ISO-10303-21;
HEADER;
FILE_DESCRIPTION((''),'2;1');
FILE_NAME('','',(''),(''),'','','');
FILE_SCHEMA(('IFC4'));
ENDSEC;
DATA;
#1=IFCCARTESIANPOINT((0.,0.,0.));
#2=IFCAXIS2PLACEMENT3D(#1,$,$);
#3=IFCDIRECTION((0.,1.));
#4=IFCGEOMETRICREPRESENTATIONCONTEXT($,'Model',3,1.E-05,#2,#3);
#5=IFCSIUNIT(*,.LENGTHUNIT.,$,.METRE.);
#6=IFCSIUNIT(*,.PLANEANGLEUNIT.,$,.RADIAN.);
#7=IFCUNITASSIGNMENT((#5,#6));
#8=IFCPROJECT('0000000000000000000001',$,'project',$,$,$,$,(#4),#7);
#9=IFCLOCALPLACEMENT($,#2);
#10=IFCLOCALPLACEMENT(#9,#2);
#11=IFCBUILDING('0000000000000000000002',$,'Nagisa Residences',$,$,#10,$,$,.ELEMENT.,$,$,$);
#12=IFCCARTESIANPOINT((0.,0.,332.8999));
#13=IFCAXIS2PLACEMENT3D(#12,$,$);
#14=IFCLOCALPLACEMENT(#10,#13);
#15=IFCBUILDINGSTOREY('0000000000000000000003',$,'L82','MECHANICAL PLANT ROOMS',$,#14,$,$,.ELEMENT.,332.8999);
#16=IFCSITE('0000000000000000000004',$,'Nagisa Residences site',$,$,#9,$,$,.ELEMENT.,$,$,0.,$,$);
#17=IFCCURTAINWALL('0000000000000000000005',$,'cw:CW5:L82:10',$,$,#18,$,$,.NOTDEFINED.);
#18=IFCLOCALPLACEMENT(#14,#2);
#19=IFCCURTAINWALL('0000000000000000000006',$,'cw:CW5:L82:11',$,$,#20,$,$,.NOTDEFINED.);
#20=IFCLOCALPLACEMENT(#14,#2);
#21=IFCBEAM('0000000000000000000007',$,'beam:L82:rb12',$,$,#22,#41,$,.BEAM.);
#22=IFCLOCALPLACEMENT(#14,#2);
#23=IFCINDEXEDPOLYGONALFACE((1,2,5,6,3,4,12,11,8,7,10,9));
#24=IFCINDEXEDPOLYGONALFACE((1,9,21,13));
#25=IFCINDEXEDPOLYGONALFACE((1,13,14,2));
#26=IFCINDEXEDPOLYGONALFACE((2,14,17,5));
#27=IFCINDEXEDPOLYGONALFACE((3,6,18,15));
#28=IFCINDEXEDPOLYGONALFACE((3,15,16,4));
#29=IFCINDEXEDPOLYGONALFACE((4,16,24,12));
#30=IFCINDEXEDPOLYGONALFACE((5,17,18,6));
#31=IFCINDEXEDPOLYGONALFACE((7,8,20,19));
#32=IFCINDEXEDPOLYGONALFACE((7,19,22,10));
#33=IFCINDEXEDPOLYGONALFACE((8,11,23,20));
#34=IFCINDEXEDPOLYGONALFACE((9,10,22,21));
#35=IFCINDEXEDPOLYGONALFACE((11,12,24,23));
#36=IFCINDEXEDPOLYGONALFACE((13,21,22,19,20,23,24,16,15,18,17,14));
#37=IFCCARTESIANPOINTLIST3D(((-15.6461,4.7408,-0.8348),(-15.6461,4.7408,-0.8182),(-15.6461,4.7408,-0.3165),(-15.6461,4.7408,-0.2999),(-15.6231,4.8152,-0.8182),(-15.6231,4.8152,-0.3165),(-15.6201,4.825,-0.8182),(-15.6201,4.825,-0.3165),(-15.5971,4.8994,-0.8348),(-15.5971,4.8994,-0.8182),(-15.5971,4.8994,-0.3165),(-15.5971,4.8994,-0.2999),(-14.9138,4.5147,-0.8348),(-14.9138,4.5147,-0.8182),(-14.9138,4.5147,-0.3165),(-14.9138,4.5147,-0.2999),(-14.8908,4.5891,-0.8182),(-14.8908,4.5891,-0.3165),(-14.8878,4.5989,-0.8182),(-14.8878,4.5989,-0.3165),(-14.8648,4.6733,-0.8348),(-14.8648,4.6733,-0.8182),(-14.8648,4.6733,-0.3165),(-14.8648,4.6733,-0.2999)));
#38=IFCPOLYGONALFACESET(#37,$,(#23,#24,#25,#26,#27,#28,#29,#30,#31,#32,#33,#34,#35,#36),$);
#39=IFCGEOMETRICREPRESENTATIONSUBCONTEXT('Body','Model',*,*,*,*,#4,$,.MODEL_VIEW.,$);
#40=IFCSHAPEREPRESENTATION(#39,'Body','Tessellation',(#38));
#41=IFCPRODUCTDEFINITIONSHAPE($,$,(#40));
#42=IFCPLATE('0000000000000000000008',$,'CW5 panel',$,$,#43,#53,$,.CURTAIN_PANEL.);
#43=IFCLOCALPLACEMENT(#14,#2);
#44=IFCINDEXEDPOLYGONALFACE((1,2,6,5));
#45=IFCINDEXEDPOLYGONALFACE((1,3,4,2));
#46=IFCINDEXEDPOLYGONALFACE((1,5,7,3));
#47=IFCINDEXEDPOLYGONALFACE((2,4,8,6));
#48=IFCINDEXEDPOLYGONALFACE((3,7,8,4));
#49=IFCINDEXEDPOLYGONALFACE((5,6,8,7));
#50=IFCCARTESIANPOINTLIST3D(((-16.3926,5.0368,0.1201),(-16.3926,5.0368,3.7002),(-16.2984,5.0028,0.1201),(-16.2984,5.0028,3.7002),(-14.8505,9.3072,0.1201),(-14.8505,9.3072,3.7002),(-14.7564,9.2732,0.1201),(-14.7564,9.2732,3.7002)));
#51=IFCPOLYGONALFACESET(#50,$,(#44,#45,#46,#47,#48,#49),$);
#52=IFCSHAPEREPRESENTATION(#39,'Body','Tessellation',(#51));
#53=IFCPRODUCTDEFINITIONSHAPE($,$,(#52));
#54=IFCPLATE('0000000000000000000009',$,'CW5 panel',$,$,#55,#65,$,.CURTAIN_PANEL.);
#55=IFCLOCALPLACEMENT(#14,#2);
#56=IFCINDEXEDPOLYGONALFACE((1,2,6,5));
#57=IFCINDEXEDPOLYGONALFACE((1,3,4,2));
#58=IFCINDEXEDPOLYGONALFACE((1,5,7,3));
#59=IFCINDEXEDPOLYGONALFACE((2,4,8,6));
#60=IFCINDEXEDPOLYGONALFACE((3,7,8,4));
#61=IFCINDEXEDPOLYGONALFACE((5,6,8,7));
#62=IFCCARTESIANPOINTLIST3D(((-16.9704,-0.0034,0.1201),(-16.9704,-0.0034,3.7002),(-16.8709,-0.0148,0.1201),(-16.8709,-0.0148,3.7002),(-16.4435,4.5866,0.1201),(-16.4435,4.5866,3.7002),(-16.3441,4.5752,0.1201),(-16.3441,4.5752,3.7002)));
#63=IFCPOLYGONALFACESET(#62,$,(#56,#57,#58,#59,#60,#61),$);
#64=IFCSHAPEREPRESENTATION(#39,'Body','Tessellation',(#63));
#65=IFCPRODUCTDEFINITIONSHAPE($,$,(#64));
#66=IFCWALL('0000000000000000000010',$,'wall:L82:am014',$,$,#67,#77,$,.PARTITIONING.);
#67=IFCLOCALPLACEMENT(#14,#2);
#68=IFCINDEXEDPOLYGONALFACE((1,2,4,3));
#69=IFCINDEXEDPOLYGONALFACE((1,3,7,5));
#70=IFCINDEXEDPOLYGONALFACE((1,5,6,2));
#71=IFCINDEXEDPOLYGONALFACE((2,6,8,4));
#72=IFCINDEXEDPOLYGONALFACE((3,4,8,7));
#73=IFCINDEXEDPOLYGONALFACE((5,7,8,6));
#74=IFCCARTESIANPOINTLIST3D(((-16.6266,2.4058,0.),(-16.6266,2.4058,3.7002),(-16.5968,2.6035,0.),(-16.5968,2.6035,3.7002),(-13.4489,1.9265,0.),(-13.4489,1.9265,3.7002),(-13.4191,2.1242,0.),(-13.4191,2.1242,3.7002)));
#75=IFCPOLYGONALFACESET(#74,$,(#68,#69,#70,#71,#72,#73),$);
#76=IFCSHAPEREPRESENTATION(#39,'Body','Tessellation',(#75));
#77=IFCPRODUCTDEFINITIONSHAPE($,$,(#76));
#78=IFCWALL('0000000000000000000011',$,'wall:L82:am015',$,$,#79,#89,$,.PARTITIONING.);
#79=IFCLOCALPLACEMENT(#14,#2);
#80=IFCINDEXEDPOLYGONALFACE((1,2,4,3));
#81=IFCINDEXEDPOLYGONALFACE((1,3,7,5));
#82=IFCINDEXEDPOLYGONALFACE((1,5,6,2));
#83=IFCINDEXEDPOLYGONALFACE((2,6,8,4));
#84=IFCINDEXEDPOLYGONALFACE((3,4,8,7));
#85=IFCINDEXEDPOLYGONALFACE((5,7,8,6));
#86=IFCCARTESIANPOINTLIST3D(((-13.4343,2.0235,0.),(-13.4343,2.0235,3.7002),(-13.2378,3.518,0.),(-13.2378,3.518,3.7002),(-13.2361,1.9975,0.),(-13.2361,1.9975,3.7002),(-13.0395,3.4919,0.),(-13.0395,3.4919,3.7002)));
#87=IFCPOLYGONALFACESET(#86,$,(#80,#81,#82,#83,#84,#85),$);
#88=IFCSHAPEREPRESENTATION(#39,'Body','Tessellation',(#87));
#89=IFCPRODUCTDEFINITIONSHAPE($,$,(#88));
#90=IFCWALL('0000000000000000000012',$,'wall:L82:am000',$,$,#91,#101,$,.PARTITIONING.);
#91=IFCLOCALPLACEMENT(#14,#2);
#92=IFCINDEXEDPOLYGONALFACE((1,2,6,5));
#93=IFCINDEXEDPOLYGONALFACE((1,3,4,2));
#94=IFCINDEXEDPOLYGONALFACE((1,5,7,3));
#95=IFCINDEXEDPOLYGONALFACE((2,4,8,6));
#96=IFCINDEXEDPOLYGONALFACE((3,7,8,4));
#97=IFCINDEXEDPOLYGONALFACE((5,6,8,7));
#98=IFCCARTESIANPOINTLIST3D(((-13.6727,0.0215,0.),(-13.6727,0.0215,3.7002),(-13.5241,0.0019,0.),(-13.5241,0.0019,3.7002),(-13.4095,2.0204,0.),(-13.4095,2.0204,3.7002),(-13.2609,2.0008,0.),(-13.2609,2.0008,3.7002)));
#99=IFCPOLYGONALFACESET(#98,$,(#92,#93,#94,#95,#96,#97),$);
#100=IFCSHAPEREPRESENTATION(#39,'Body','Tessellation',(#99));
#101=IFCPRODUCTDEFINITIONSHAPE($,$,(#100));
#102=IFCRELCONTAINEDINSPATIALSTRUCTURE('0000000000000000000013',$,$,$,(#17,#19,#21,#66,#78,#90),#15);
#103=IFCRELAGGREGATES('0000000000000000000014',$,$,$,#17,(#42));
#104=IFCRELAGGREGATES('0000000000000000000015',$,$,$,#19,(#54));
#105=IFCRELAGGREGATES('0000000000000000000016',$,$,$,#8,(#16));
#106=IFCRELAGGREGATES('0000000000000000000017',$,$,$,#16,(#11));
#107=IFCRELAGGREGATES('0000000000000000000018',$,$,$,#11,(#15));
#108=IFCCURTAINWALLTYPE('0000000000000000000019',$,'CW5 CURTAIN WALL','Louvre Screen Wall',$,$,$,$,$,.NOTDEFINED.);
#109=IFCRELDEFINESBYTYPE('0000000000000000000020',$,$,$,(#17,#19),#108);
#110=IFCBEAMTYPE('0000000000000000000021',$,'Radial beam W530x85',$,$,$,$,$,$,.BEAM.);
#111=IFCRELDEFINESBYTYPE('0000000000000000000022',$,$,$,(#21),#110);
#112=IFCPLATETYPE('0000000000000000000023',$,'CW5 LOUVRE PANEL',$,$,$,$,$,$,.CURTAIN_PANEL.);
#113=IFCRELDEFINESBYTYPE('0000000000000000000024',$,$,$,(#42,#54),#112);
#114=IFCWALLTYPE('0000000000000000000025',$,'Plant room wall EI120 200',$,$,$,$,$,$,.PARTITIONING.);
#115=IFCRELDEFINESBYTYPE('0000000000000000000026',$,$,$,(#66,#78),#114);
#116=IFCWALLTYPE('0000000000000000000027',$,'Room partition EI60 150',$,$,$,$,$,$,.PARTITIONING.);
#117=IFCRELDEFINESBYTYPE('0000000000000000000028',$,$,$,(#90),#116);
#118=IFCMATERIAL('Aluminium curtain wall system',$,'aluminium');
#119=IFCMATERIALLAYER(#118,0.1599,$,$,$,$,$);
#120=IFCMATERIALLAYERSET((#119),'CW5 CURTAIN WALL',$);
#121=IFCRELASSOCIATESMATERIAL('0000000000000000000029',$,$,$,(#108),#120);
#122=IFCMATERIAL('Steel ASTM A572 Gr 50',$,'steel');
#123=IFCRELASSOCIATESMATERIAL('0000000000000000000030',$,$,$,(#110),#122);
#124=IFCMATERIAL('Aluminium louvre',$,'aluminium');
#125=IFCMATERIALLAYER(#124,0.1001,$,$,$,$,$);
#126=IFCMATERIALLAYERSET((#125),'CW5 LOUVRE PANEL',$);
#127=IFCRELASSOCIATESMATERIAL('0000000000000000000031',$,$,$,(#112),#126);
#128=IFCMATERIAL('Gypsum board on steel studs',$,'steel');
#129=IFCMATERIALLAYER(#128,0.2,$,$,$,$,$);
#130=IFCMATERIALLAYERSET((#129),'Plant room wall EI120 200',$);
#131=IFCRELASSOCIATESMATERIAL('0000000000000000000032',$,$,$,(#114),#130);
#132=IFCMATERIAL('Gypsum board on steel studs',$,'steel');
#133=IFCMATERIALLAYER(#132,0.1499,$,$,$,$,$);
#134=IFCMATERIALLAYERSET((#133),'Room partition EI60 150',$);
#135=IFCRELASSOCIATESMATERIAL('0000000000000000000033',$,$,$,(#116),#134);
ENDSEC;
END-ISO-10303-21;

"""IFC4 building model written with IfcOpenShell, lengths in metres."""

from ifc_helpers import new_model, si_unit, direction, frame, frame_2d, origin, origin_2d, place, context, subcontext, project, spatial, rectangle, i_section, extrude, material, layer, layer_set, material_profile, profile_set, type_object, element, aggregate, save


model = new_model("IFC4")

# Units and contexts
model_context = context("Model", 3, precision=1e-05, world=origin(), true_north=direction((0.0, 1.0)))
body_context = subcontext(model_context, "Body", "Model", "MODEL_VIEW")
ifc_project = project(units=[si_unit("LENGTHUNIT", "METRE"), si_unit("PLANEANGLEUNIT", "RADIAN")], contexts=[model_context])

# Site, building, storey
site_placement = place(None, origin())
site = spatial("IfcSite", under=ifc_project, at=site_placement, Name="Nagisa Residences site", CompositionType="ELEMENT", RefElevation=0.0)
building_placement = place(site_placement, origin())
building = spatial("IfcBuilding", under=site, at=building_placement, Name="Nagisa Residences", CompositionType="ELEMENT")
storey_placement = place(building_placement, frame((0.0, 0.0, 332.8999)))
storey = spatial("IfcBuildingStorey", under=building, at=storey_placement, Name="L82", Description="MECHANICAL PLANT ROOMS", CompositionType="ELEMENT", Elevation=332.8999)

# Curtain wall
ifc_material_1 = material(Name="Aluminium curtain wall system", Category="aluminium")
ifc_layer_1 = layer(ifc_material_1, 0.1599)
ifc_layer_set_1 = layer_set([ifc_layer_1], Name="CW5 CURTAIN WALL")
curtain_wall_type = type_object("IfcCurtainWallType", Name="CW5 CURTAIN WALL", Description="Louvre Screen Wall", PredefinedType="NOTDEFINED", material=ifc_layer_set_1)
curtain_wall_1_placement = place(storey_placement, origin())
curtain_wall_1 = element("IfcCurtainWall", 1, at=curtain_wall_1_placement, inside=storey, type_object=curtain_wall_type, Name="cw:CW5:L82:10", PredefinedType="NOTDEFINED")

# Curtain wall
curtain_wall_2_placement = place(storey_placement, origin())
curtain_wall_2 = element("IfcCurtainWall", 2, at=curtain_wall_2_placement, inside=storey, type_object=curtain_wall_type, Name="cw:CW5:L82:11", PredefinedType="NOTDEFINED")

# Beam
ifc_material_2 = material(Name="Steel ASTM A572 Gr 50", Category="steel")
ifc_material_profile_1 = material_profile(ifc_material_2, i_section(OverallWidth=0.166, OverallDepth=0.5349, WebThickness=0.0103, FlangeThickness=0.0166, at=origin_2d()), Name="W530x85")
ifc_profile_set_1 = profile_set([ifc_material_profile_1], Name="Steel ASTM A572 Gr 50")
beam_type_1 = type_object("IfcBeamType", Name="Radial beam W530x85", PredefinedType="BEAM", material=ifc_profile_set_1)
beam_1_placement = place(storey_placement, frame((-15.6216, 4.8201, -0.5674), z_axis=(0.955489, -0.295026, 0.0), x_axis=(0.295026, 0.955489, 0.0)))
element("IfcBeam", 3, at=beam_1_placement, inside=storey, type_object=beam_type_1, Name="beam:L82:rb12", PredefinedType="BEAM", context=body_context, shape_type="SweptSolid", body=[
    extrude(i_section(OverallWidth=0.166, OverallDepth=0.5349, WebThickness=0.0103, FlangeThickness=0.0166, at=origin_2d()), origin(), (0.0, 0.0, 1.0), 0.7664),
])

# Plates
ifc_material_3 = material(Name="Aluminium louvre", Category="aluminium")
ifc_layer_2 = layer(ifc_material_3, 0.1001)
ifc_layer_set_2 = layer_set([ifc_layer_2], Name="CW5 LOUVRE PANEL")
plate_type = type_object("IfcPlateType", Name="CW5 LOUVRE PANEL", PredefinedType="CURTAIN_PANEL", material=ifc_layer_set_2)
plate_1_placement = place(storey_placement, frame((-15.5745, 7.155, 0.1201), z_axis=(0.0, 0.0, 1.0), x_axis=(-0.339643, -0.940554, 0.0)))
plate_1 = element("IfcPlate", 4, at=plate_1_placement, type_object=plate_type, Name="CW5 panel", PredefinedType="CURTAIN_PANEL", context=body_context, shape_type="SweptSolid", body=[
    extrude(rectangle(XDim=4.5403, YDim=0.1001, at=origin_2d()), origin(), (0.0, 0.0, 1.0), 3.5801),
])
aggregate(curtain_wall_1, [plate_1])
plate_2_placement = place(storey_placement, frame((-16.6572, 2.2859, 0.1201), z_axis=(0.0, 0.0, 1.0), x_axis=(-0.114025, -0.993478, 0.0)))
plate_2 = element("IfcPlate", 5, at=plate_2_placement, type_object=plate_type, Name="CW5 panel", PredefinedType="CURTAIN_PANEL", context=body_context, shape_type="SweptSolid", body=[
    extrude(rectangle(XDim=4.6201, YDim=0.1001, at=origin_2d()), origin(), (0.0, 0.0, 1.0), 3.5801),
])
aggregate(curtain_wall_2, [plate_2])

# Walls
ifc_material_4 = material(Name="Gypsum board on steel studs", Category="steel")
ifc_layer_3 = layer(ifc_material_4, 0.2)
ifc_layer_set_3 = layer_set([ifc_layer_3], Name="Plant room wall EI120 200")
wall_type_1 = type_object("IfcWallType", Name="Plant room wall EI120 200", PredefinedType="PARTITIONING", material=ifc_layer_set_3)
wall_1_placement = place(storey_placement, frame((-16.6118, 2.5046, 0.0), z_axis=(0.0, 0.0, 1.0), x_axis=(0.988818, -0.149128, 0.0)))
element("IfcWall", 6, at=wall_1_placement, inside=storey, type_object=wall_type_1, Name="wall:L82:am014", PredefinedType="PARTITIONING", context=body_context, shape_type="SweptSolid", body=[
    extrude(rectangle(XDim=3.2136, YDim=0.2, at=frame_2d((1.6069, 0.0))), origin(), (0.0, 0.0, 1.0), 3.7002),
])
wall_2_placement = place(storey_placement, frame((-13.3352, 2.0105, 0.0), z_axis=(0.0, 0.0, 1.0), x_axis=(0.130392, 0.991463, 0.0)))
element("IfcWall", 7, at=wall_2_placement, inside=storey, type_object=wall_type_1, Name="wall:L82:am015", PredefinedType="PARTITIONING", context=body_context, shape_type="SweptSolid", body=[
    extrude(rectangle(XDim=1.5073, YDim=0.2, at=frame_2d((0.7537, 0.0))), origin(), (0.0, 0.0, 1.0), 3.7002),
])
ifc_material_5 = material(Name="Gypsum board on steel studs", Category="steel")
ifc_layer_4 = layer(ifc_material_5, 0.1499)
ifc_layer_set_4 = layer_set([ifc_layer_4], Name="Room partition EI60 150")
wall_type_2 = type_object("IfcWallType", Name="Room partition EI60 150", PredefinedType="PARTITIONING", material=ifc_layer_set_4)
wall_3_placement = place(storey_placement, frame((-13.5984, 0.0117, 0.0), z_axis=(0.0, 0.0, 1.0), x_axis=(0.130545, 0.991442, 0.0)))
element("IfcWall", 8, at=wall_3_placement, inside=storey, type_object=wall_type_2, Name="wall:L82:am000", PredefinedType="PARTITIONING", context=body_context, shape_type="SweptSolid", body=[
    extrude(rectangle(XDim=2.0161, YDim=0.1499, at=frame_2d((1.0081, 0.0))), origin(), (0.0, 0.0, 1.0), 3.7002),
])

save(model, "model.ifc")
